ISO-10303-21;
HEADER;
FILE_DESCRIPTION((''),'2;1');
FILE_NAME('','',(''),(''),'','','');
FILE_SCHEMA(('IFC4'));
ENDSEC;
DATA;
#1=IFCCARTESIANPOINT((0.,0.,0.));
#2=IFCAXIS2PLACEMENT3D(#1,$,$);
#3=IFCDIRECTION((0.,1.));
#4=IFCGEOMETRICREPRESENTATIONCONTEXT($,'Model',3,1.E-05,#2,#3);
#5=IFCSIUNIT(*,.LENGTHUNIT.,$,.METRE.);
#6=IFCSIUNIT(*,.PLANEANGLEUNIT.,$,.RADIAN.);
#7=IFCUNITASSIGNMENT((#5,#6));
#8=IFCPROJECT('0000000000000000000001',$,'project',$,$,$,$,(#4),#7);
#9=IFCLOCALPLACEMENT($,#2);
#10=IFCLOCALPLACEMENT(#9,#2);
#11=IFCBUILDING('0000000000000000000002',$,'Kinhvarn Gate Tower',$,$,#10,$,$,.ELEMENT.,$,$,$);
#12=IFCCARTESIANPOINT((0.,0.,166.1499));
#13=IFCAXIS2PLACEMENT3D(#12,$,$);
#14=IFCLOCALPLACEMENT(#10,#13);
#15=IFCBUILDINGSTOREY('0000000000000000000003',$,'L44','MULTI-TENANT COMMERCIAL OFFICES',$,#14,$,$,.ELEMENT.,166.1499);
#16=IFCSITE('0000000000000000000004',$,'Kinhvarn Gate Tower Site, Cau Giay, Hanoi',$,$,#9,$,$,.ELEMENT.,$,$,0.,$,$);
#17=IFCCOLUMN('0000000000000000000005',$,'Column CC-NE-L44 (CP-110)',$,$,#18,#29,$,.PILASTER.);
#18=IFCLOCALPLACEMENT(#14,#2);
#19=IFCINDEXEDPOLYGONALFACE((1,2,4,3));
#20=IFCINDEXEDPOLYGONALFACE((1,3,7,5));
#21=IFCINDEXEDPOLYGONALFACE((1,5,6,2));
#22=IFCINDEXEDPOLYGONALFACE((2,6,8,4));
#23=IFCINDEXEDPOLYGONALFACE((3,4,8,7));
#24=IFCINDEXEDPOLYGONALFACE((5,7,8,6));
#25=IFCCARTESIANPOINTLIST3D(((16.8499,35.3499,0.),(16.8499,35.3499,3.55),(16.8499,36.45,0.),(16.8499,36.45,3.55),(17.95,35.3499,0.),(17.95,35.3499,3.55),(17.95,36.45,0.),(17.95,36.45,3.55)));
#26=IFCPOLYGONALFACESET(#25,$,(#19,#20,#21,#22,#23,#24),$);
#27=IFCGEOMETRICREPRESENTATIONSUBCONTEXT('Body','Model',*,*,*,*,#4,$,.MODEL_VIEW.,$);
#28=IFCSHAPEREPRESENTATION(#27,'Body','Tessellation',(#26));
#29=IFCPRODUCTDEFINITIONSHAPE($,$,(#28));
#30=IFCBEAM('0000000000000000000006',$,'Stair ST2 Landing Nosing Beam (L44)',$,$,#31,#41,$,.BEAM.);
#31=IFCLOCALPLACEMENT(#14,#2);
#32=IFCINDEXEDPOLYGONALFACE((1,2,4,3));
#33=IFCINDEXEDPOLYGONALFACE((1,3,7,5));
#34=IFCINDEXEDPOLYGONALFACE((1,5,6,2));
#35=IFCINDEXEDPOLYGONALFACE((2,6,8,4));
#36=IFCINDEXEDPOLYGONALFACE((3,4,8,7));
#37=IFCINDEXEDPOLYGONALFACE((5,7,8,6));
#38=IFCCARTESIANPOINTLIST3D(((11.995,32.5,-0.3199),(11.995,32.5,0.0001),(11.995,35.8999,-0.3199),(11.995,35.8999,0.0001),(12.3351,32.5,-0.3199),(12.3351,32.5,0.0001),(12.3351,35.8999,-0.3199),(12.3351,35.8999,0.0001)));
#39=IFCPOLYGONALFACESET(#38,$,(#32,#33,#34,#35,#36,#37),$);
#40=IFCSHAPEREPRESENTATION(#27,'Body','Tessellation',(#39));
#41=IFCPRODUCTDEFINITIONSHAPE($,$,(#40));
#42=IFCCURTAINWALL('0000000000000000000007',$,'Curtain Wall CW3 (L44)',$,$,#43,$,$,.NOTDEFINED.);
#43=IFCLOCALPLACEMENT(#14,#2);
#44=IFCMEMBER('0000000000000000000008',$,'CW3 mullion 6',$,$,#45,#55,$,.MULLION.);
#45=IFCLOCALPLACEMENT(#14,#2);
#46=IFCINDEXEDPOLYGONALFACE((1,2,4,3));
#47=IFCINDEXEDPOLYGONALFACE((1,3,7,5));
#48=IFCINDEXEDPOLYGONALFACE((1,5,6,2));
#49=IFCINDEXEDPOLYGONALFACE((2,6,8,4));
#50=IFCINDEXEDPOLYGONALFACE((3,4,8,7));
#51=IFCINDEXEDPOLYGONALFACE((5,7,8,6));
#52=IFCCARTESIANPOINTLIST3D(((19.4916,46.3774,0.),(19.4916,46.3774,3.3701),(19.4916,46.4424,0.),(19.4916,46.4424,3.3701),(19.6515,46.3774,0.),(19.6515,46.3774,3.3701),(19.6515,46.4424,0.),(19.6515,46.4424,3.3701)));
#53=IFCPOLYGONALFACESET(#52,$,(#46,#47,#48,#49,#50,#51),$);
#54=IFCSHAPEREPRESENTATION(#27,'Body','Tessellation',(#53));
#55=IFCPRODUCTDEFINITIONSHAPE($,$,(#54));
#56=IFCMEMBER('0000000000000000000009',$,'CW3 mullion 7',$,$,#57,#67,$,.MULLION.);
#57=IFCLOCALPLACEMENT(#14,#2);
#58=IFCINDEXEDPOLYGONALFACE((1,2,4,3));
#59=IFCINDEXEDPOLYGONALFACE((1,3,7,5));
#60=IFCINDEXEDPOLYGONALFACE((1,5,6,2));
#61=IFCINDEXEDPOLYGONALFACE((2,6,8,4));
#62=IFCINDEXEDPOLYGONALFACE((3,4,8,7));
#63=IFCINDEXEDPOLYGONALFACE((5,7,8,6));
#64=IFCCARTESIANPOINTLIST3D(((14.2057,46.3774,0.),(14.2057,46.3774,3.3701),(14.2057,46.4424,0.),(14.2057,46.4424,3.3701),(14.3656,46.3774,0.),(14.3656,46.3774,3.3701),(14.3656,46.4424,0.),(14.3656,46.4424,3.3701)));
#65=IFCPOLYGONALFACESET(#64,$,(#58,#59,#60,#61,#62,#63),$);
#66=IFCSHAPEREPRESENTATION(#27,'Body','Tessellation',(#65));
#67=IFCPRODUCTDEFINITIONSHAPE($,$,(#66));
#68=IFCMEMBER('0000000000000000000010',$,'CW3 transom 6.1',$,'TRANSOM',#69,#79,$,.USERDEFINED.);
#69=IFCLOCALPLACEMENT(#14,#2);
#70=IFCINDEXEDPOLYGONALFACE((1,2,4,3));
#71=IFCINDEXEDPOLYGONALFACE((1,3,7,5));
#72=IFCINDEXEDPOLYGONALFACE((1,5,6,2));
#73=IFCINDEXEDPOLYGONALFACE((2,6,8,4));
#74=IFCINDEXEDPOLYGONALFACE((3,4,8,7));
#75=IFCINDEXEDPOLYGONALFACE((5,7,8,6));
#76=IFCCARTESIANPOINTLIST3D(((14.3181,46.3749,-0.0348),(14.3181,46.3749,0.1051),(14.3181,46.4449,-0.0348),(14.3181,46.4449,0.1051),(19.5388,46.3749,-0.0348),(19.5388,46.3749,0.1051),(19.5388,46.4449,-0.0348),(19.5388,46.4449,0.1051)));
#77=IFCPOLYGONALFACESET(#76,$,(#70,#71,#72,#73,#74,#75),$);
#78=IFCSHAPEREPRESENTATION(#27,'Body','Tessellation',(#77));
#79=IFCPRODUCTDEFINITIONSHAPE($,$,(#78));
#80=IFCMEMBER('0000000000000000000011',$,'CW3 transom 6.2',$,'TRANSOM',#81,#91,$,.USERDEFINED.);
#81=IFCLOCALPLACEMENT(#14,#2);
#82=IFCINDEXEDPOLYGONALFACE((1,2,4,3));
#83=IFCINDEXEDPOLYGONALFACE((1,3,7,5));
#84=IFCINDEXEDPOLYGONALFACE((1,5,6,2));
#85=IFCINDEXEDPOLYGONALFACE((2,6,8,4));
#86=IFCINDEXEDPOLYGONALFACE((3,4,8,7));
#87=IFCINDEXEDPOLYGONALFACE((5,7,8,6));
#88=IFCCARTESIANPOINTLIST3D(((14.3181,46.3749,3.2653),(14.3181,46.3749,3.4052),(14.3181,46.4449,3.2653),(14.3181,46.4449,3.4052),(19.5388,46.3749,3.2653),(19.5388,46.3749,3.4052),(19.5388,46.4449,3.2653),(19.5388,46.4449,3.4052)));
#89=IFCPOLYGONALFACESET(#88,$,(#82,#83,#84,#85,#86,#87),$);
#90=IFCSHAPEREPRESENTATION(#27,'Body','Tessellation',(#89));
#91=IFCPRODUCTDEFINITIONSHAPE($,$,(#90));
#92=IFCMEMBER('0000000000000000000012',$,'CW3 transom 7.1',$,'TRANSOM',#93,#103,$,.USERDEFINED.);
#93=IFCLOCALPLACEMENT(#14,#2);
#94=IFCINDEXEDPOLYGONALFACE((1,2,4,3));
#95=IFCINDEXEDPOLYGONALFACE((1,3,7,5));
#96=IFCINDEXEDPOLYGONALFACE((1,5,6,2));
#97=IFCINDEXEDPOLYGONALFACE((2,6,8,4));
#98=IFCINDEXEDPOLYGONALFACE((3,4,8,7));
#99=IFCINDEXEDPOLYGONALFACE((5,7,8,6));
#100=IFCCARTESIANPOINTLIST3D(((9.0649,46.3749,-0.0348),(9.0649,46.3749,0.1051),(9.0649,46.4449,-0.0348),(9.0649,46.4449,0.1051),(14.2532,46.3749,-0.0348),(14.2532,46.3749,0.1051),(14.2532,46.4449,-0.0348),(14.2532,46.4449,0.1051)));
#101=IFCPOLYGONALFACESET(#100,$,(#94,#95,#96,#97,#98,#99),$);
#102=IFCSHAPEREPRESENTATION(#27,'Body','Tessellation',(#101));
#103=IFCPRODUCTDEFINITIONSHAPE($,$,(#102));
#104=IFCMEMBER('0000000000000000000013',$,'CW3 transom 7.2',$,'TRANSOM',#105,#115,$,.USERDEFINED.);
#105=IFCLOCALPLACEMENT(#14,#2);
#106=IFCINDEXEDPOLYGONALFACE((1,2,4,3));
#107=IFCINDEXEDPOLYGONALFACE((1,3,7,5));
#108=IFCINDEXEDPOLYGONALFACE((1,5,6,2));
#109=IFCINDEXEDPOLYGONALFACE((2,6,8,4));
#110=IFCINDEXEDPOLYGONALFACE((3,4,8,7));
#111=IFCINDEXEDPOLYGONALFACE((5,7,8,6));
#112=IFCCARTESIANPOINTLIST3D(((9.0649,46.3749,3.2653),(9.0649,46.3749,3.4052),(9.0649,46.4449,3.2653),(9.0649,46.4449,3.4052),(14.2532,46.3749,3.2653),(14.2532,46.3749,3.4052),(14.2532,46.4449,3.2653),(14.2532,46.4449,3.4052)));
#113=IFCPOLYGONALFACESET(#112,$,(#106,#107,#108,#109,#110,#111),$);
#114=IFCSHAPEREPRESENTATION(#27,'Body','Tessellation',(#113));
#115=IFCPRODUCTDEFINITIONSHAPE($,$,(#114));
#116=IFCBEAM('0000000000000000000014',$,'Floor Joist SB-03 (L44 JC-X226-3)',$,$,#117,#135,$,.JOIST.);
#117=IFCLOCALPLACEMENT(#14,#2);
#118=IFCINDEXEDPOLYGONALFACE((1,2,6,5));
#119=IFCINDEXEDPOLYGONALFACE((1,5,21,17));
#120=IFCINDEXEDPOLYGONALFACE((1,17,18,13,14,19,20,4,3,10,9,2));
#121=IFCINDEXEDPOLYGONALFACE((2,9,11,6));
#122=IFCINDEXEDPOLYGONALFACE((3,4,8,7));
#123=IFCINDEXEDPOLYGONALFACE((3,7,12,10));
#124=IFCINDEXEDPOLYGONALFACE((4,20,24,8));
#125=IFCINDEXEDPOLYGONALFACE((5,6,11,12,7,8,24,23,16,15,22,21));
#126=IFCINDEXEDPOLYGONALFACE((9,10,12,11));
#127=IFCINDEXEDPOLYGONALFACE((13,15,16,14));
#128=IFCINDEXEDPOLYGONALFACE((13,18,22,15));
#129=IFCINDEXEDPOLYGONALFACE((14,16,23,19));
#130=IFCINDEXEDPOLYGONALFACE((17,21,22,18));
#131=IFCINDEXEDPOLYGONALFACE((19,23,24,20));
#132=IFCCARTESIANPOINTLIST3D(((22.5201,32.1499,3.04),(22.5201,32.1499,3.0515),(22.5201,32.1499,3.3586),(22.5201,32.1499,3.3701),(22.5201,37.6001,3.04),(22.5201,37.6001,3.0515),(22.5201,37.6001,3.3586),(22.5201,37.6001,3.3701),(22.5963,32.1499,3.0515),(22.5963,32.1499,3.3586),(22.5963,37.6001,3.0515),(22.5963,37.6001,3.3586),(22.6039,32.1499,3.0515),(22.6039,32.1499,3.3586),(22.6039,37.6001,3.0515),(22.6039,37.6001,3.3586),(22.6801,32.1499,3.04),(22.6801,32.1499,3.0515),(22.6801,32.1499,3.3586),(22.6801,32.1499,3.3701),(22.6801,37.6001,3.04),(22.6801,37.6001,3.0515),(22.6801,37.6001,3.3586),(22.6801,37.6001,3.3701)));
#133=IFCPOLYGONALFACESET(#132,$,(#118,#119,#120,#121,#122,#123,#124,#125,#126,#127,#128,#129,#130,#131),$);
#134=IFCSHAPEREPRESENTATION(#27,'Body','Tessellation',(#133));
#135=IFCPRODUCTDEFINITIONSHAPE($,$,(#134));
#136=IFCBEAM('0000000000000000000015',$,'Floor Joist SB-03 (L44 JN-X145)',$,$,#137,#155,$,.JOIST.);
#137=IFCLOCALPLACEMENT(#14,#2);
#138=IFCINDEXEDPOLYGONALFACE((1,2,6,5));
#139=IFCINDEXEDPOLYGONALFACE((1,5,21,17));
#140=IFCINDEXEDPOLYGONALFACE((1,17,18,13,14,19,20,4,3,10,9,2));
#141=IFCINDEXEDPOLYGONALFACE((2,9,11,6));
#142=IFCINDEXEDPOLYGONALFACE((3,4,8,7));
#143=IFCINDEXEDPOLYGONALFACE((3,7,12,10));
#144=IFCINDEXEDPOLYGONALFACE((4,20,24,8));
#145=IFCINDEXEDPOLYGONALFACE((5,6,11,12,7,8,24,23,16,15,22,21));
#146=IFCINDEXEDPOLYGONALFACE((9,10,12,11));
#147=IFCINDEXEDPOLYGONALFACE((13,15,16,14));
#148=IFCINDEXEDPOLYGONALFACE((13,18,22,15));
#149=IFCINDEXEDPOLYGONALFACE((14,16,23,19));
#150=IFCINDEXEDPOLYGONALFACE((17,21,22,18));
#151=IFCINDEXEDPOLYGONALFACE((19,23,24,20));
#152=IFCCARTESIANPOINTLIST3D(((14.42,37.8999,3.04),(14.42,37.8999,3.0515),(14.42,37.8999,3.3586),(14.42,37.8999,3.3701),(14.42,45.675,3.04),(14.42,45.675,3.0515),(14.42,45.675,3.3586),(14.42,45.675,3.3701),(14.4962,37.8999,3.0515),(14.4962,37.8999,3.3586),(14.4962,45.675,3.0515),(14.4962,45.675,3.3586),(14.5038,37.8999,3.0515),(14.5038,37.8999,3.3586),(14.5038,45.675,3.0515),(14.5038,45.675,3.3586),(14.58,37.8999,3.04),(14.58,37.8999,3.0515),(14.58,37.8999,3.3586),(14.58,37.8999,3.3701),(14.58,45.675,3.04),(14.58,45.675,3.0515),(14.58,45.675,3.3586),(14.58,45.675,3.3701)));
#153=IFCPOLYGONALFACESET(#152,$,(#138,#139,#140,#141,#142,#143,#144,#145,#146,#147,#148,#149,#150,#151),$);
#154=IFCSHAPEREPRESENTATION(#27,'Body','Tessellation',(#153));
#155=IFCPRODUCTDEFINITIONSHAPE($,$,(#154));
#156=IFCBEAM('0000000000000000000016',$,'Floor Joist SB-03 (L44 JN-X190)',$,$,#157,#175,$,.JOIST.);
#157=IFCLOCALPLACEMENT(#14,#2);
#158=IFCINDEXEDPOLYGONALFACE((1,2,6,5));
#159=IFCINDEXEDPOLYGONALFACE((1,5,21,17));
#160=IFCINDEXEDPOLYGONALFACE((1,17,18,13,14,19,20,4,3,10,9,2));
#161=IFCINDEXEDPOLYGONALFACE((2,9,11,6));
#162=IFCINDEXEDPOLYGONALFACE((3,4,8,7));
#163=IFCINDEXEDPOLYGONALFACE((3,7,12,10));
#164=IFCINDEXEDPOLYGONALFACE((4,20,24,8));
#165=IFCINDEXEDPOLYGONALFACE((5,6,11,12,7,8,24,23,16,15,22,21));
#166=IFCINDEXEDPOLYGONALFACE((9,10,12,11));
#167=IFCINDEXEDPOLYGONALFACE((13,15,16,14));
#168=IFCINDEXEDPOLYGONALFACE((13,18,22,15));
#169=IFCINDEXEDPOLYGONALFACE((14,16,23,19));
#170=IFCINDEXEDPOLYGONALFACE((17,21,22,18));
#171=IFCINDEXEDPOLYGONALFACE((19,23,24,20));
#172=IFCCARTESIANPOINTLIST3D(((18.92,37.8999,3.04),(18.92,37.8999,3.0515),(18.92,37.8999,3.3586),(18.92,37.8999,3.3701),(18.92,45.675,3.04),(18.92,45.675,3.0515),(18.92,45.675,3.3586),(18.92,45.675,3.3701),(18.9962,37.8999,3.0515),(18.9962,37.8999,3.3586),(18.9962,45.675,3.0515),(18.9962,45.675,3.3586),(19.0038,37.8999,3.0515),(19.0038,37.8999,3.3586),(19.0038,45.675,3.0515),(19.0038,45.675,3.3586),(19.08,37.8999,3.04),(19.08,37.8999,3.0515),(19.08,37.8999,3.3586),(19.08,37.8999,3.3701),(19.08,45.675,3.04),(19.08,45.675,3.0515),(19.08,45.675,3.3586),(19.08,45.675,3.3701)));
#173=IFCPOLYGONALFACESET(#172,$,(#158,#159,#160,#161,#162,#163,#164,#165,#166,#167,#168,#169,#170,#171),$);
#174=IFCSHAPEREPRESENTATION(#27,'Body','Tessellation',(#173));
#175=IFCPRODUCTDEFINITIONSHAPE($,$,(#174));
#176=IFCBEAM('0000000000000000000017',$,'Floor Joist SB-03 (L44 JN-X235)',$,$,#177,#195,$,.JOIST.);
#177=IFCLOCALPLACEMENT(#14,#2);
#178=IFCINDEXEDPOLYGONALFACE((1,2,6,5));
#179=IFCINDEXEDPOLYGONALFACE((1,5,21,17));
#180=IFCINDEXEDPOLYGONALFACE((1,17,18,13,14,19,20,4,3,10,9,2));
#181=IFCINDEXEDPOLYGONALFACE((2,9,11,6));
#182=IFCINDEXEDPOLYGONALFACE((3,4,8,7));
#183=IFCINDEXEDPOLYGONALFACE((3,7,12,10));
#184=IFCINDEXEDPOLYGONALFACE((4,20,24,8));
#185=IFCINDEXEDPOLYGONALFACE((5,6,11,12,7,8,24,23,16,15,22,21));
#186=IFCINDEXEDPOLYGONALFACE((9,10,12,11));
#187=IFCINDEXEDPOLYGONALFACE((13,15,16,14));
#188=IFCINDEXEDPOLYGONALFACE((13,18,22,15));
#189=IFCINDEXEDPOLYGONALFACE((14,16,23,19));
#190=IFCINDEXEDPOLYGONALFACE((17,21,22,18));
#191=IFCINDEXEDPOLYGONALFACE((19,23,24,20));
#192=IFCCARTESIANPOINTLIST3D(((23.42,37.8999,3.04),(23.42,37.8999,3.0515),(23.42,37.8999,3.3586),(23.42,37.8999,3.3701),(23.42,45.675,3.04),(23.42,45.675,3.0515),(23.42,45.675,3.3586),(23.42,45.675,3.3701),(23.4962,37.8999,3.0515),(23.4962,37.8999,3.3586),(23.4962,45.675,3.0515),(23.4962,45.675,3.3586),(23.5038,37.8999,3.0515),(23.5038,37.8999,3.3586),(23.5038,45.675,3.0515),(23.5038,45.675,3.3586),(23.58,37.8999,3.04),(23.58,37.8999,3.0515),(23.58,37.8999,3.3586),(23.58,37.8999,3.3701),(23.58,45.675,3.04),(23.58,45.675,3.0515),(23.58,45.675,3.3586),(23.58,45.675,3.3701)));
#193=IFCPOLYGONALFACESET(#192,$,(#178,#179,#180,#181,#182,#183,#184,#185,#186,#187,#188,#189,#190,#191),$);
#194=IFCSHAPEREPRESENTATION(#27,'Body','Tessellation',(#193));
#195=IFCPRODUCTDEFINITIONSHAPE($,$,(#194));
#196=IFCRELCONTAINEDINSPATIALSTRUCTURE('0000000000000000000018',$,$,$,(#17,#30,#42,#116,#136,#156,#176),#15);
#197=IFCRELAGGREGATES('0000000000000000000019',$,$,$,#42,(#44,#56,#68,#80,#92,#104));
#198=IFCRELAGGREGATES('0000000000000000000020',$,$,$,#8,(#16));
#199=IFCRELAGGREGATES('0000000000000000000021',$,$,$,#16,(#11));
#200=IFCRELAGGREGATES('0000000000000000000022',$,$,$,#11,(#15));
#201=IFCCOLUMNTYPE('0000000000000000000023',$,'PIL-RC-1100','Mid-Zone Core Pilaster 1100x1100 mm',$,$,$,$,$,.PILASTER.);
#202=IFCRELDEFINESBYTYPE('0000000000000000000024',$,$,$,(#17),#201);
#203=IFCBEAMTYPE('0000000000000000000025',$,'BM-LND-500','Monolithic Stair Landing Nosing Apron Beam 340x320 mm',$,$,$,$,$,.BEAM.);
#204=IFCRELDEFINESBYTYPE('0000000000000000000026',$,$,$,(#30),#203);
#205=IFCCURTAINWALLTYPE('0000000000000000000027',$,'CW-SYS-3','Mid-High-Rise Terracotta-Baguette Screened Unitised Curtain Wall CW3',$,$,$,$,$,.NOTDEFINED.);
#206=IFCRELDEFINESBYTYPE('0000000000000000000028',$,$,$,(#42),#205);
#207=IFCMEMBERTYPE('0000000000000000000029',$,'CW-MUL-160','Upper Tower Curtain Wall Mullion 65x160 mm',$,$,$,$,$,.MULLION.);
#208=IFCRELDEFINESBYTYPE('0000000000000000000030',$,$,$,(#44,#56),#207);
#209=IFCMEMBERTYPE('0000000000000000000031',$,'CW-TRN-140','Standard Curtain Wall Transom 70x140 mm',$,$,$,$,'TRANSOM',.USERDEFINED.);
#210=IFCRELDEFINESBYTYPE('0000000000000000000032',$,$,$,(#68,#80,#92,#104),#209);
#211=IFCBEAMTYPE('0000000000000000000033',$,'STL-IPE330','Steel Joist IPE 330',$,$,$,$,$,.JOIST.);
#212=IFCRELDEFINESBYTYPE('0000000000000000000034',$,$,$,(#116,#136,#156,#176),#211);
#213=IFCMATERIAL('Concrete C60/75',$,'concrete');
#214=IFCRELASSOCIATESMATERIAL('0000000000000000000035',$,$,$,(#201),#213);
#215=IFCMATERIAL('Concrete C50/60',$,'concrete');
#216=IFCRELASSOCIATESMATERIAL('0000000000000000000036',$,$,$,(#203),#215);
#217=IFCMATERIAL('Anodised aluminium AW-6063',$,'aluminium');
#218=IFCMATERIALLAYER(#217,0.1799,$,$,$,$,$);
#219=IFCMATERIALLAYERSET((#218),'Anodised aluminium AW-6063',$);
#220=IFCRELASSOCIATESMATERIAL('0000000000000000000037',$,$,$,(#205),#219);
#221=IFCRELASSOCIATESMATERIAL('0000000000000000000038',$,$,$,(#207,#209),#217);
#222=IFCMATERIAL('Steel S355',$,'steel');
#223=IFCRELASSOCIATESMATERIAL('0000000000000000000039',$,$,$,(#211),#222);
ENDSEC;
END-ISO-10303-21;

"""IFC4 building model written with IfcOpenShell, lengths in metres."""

from ifc_helpers import new_model, si_unit, direction, frame, origin, origin_2d, place, context, subcontext, project, spatial, rectangle, i_section, extrude, material, layer, layer_set, material_profile, profile_set, type_object, element, aggregate, save


model = new_model("IFC4")

# Units and contexts
model_context = context("Model", 3, precision=1e-05, world=origin(), true_north=direction((0.0, 1.0)))
body_context = subcontext(model_context, "Body", "Model", "MODEL_VIEW")
ifc_project = project(units=[si_unit("LENGTHUNIT", "METRE"), si_unit("PLANEANGLEUNIT", "RADIAN")], contexts=[model_context])

# Site, building, storey
site_placement = place(None, origin())
site = spatial("IfcSite", under=ifc_project, at=site_placement, Name="Kinhvarn Gate Tower Site, Cau Giay, Hanoi", CompositionType="ELEMENT", RefElevation=0.0)
building_placement = place(site_placement, origin())
building = spatial("IfcBuilding", under=site, at=building_placement, Name="Kinhvarn Gate Tower", CompositionType="ELEMENT")
storey_placement = place(building_placement, frame((0.0, 0.0, 166.1499)))
storey = spatial("IfcBuildingStorey", under=building, at=storey_placement, Name="L44", Description="MULTI-TENANT COMMERCIAL OFFICES", CompositionType="ELEMENT", Elevation=166.1499)

# Column
ifc_material_1 = material(Name="Concrete C60/75", Category="concrete")
ifc_material_profile_1 = material_profile(ifc_material_1, rectangle(XDim=1.1001, YDim=1.1001, at=origin_2d()), Name="RC 1100x1100")
ifc_profile_set_1 = profile_set([ifc_material_profile_1], Name="Concrete C60/75")
column_type = type_object("IfcColumnType", Name="PIL-RC-1100", Description="Mid-Zone Core Pilaster 1100x1100 mm", PredefinedType="PILASTER", material=ifc_profile_set_1)
column_placement = place(storey_placement, frame((17.3999, 35.8999, 0.0), z_axis=(0.0, 0.0, 1.0), x_axis=(1.0, 0.0, 0.0)))
element("IfcColumn", 1, at=column_placement, inside=storey, type_object=column_type, Name="Column CC-NE-L44 (CP-110)", PredefinedType="PILASTER", context=body_context, shape_type="SweptSolid", body=[
    extrude(rectangle(XDim=1.1001, YDim=1.1001, at=origin_2d()), origin(), (0.0, 0.0, 1.0), 3.55),
])

# Beam
ifc_material_2 = material(Name="Concrete C50/60", Category="concrete")
ifc_material_profile_2 = material_profile(ifc_material_2, rectangle(XDim=0.3401, YDim=0.3201, at=origin_2d()), Name="RC 340x320")
ifc_profile_set_2 = profile_set([ifc_material_profile_2], Name="Concrete C50/60")
beam_type_1 = type_object("IfcBeamType", Name="BM-LND-500", Description="Monolithic Stair Landing Nosing Apron Beam 340x320 mm", PredefinedType="BEAM", material=ifc_profile_set_2)
beam_1_placement = place(storey_placement, frame((12.165, 32.5, -0.1599), z_axis=(0.0, 1.0, 0.0), x_axis=(-1.0, 0.0, 0.0)))
element("IfcBeam", 2, at=beam_1_placement, inside=storey, type_object=beam_type_1, Name="Stair ST2 Landing Nosing Beam (L44)", PredefinedType="BEAM", context=body_context, shape_type="SweptSolid", body=[
    extrude(rectangle(XDim=0.3401, YDim=0.3201, at=origin_2d()), origin(), (0.0, 0.0, 1.0), 3.3999),
])

# Curtain wall, members
ifc_material_3 = material(Name="Anodised aluminium AW-6063", Category="aluminium")
ifc_layer_1 = layer(ifc_material_3, 0.1799)
ifc_layer_set_1 = layer_set([ifc_layer_1], Name="Anodised aluminium AW-6063")
curtain_wall_type = type_object("IfcCurtainWallType", Name="CW-SYS-3", Description="Mid-High-Rise Terracotta-Baguette Screened Unitised Curtain Wall CW3", PredefinedType="NOTDEFINED", material=ifc_layer_set_1)
curtain_wall_placement = place(storey_placement, origin())
curtain_wall = element("IfcCurtainWall", 3, at=curtain_wall_placement, inside=storey, type_object=curtain_wall_type, Name="Curtain Wall CW3 (L44)", PredefinedType="NOTDEFINED")
ifc_material_profile_3 = material_profile(ifc_material_3, rectangle(XDim=0.0649, YDim=0.1599, at=origin_2d()), Name="ALU 65x160")
ifc_profile_set_3 = profile_set([ifc_material_profile_3], Name="Anodised aluminium AW-6063")
member_type_1 = type_object("IfcMemberType", Name="CW-MUL-160", Description="Upper Tower Curtain Wall Mullion 65x160 mm", PredefinedType="MULLION", material=ifc_profile_set_3)
member_1_placement = place(storey_placement, frame((19.5715, 46.4099, 0.0), z_axis=(0.0, 0.0, 1.0), x_axis=(0.0, -1.0, 0.0)))
member_1 = element("IfcMember", 4, at=member_1_placement, type_object=member_type_1, Name="CW3 mullion 6", PredefinedType="MULLION", context=body_context, shape_type="SweptSolid", body=[
    extrude(rectangle(XDim=0.0649, YDim=0.1599, at=origin_2d()), origin(), (0.0, 0.0, 1.0), 3.3701),
])
member_2_placement = place(storey_placement, frame((14.2856, 46.4099, 0.0), z_axis=(0.0, 0.0, 1.0), x_axis=(0.0, -1.0, 0.0)))
member_2 = element("IfcMember", 5, at=member_2_placement, type_object=member_type_1, Name="CW3 mullion 7", PredefinedType="MULLION", context=body_context, shape_type="SweptSolid", body=[
    extrude(rectangle(XDim=0.0649, YDim=0.1599, at=origin_2d()), origin(), (0.0, 0.0, 1.0), 3.3701),
])
ifc_material_profile_4 = material_profile(ifc_material_3, rectangle(XDim=0.0701, YDim=0.1399, at=origin_2d()), Name="ALU 70x140")
ifc_profile_set_4 = profile_set([ifc_material_profile_4], Name="Anodised aluminium AW-6063")
member_type_2 = type_object("IfcMemberType", Name="CW-TRN-140", Description="Standard Curtain Wall Transom 70x140 mm", ElementType="TRANSOM", PredefinedType="USERDEFINED", material=ifc_profile_set_4)
member_3_placement = place(storey_placement, frame((19.5388, 46.4099, 0.0352), z_axis=(-1.0, 0.0, 0.0), x_axis=(0.0, -1.0, 0.0)))
member_3 = element("IfcMember", 6, at=member_3_placement, type_object=member_type_2, Name="CW3 transom 6.1", ObjectType="TRANSOM", PredefinedType="USERDEFINED", context=body_context, shape_type="SweptSolid", body=[
    extrude(rectangle(XDim=0.0701, YDim=0.1399, at=origin_2d()), origin(), (0.0, 0.0, 1.0), 5.2207),
])
member_4_placement = place(storey_placement, frame((19.5388, 46.4099, 3.3352), z_axis=(-1.0, 0.0, 0.0), x_axis=(0.0, -1.0, 0.0)))
member_4 = element("IfcMember", 7, at=member_4_placement, type_object=member_type_2, Name="CW3 transom 6.2", ObjectType="TRANSOM", PredefinedType="USERDEFINED", context=body_context, shape_type="SweptSolid", body=[
    extrude(rectangle(XDim=0.0701, YDim=0.1399, at=origin_2d()), origin(), (0.0, 0.0, 1.0), 5.2207),
])
member_5_placement = place(storey_placement, frame((14.2532, 46.4099, 0.0352), z_axis=(-1.0, 0.0, 0.0), x_axis=(0.0, -1.0, 0.0)))
member_5 = element("IfcMember", 8, at=member_5_placement, type_object=member_type_2, Name="CW3 transom 7.1", ObjectType="TRANSOM", PredefinedType="USERDEFINED", context=body_context, shape_type="SweptSolid", body=[
    extrude(rectangle(XDim=0.0701, YDim=0.1399, at=origin_2d()), origin(), (0.0, 0.0, 1.0), 5.1882),
])
member_6_placement = place(storey_placement, frame((14.2532, 46.4099, 3.3352), z_axis=(-1.0, 0.0, 0.0), x_axis=(0.0, -1.0, 0.0)))
member_6 = element("IfcMember", 9, at=member_6_placement, type_object=member_type_2, Name="CW3 transom 7.2", ObjectType="TRANSOM", PredefinedType="USERDEFINED", context=body_context, shape_type="SweptSolid", body=[
    extrude(rectangle(XDim=0.0701, YDim=0.1399, at=origin_2d()), origin(), (0.0, 0.0, 1.0), 5.1882),
])

# Beams
ifc_material_4 = material(Name="Steel S355", Category="steel")
ifc_material_profile_5 = material_profile(ifc_material_4, i_section(OverallWidth=0.1599, OverallDepth=0.3301, WebThickness=0.0076, FlangeThickness=0.0115, at=origin_2d()), Name="IPE 330")
ifc_profile_set_5 = profile_set([ifc_material_profile_5], Name="Steel S355")
beam_type_2 = type_object("IfcBeamType", Name="STL-IPE330", Description="Steel Joist IPE 330", PredefinedType="JOIST", material=ifc_profile_set_5)
beam_2_placement = place(storey_placement, frame((22.6001, 32.1499, 3.2051), z_axis=(0.0, 1.0, 0.0), x_axis=(-1.0, 0.0, 0.0)))
element("IfcBeam", 10, at=beam_2_placement, inside=storey, type_object=beam_type_2, Name="Floor Joist SB-03 (L44 JC-X226-3)", PredefinedType="JOIST", context=body_context, shape_type="SweptSolid", body=[
    extrude(i_section(OverallWidth=0.1599, OverallDepth=0.3301, WebThickness=0.0076, FlangeThickness=0.0115, at=origin_2d()), origin(), (0.0, 0.0, 1.0), 5.4502),
])
for number, where, z_axis, x_axis, name in (
    (11, (14.5, 37.8999, 3.2051), (0.0, 1.0, 0.0), (-1.0, 0.0, 0.0), "Floor Joist SB-03 (L44 JN-X145)"),
    (12, (19.0, 37.8999, 3.2051), (0.0, 1.0, 0.0), (-1.0, 0.0, 0.0), "Floor Joist SB-03 (L44 JN-X190)"),
    (13, (23.5, 37.8999, 3.2051), (0.0, 1.0, 0.0), (-1.0, 0.0, 0.0), "Floor Joist SB-03 (L44 JN-X235)"),
):
    element("IfcBeam", number, at=place(storey_placement, frame(where, z_axis=z_axis, x_axis=x_axis)), inside=storey, type_object=beam_type_2, Name=name, PredefinedType="JOIST", context=body_context, shape_type="SweptSolid", body=[
        extrude(i_section(OverallWidth=0.1599, OverallDepth=0.3301, WebThickness=0.0076, FlangeThickness=0.0115, at=origin_2d()), origin(), (0.0, 0.0, 1.0), 7.7751),
    ])

aggregate(curtain_wall, [member_1, member_2, member_3, member_4, member_5, member_6])

save(model, "model.ifc")
